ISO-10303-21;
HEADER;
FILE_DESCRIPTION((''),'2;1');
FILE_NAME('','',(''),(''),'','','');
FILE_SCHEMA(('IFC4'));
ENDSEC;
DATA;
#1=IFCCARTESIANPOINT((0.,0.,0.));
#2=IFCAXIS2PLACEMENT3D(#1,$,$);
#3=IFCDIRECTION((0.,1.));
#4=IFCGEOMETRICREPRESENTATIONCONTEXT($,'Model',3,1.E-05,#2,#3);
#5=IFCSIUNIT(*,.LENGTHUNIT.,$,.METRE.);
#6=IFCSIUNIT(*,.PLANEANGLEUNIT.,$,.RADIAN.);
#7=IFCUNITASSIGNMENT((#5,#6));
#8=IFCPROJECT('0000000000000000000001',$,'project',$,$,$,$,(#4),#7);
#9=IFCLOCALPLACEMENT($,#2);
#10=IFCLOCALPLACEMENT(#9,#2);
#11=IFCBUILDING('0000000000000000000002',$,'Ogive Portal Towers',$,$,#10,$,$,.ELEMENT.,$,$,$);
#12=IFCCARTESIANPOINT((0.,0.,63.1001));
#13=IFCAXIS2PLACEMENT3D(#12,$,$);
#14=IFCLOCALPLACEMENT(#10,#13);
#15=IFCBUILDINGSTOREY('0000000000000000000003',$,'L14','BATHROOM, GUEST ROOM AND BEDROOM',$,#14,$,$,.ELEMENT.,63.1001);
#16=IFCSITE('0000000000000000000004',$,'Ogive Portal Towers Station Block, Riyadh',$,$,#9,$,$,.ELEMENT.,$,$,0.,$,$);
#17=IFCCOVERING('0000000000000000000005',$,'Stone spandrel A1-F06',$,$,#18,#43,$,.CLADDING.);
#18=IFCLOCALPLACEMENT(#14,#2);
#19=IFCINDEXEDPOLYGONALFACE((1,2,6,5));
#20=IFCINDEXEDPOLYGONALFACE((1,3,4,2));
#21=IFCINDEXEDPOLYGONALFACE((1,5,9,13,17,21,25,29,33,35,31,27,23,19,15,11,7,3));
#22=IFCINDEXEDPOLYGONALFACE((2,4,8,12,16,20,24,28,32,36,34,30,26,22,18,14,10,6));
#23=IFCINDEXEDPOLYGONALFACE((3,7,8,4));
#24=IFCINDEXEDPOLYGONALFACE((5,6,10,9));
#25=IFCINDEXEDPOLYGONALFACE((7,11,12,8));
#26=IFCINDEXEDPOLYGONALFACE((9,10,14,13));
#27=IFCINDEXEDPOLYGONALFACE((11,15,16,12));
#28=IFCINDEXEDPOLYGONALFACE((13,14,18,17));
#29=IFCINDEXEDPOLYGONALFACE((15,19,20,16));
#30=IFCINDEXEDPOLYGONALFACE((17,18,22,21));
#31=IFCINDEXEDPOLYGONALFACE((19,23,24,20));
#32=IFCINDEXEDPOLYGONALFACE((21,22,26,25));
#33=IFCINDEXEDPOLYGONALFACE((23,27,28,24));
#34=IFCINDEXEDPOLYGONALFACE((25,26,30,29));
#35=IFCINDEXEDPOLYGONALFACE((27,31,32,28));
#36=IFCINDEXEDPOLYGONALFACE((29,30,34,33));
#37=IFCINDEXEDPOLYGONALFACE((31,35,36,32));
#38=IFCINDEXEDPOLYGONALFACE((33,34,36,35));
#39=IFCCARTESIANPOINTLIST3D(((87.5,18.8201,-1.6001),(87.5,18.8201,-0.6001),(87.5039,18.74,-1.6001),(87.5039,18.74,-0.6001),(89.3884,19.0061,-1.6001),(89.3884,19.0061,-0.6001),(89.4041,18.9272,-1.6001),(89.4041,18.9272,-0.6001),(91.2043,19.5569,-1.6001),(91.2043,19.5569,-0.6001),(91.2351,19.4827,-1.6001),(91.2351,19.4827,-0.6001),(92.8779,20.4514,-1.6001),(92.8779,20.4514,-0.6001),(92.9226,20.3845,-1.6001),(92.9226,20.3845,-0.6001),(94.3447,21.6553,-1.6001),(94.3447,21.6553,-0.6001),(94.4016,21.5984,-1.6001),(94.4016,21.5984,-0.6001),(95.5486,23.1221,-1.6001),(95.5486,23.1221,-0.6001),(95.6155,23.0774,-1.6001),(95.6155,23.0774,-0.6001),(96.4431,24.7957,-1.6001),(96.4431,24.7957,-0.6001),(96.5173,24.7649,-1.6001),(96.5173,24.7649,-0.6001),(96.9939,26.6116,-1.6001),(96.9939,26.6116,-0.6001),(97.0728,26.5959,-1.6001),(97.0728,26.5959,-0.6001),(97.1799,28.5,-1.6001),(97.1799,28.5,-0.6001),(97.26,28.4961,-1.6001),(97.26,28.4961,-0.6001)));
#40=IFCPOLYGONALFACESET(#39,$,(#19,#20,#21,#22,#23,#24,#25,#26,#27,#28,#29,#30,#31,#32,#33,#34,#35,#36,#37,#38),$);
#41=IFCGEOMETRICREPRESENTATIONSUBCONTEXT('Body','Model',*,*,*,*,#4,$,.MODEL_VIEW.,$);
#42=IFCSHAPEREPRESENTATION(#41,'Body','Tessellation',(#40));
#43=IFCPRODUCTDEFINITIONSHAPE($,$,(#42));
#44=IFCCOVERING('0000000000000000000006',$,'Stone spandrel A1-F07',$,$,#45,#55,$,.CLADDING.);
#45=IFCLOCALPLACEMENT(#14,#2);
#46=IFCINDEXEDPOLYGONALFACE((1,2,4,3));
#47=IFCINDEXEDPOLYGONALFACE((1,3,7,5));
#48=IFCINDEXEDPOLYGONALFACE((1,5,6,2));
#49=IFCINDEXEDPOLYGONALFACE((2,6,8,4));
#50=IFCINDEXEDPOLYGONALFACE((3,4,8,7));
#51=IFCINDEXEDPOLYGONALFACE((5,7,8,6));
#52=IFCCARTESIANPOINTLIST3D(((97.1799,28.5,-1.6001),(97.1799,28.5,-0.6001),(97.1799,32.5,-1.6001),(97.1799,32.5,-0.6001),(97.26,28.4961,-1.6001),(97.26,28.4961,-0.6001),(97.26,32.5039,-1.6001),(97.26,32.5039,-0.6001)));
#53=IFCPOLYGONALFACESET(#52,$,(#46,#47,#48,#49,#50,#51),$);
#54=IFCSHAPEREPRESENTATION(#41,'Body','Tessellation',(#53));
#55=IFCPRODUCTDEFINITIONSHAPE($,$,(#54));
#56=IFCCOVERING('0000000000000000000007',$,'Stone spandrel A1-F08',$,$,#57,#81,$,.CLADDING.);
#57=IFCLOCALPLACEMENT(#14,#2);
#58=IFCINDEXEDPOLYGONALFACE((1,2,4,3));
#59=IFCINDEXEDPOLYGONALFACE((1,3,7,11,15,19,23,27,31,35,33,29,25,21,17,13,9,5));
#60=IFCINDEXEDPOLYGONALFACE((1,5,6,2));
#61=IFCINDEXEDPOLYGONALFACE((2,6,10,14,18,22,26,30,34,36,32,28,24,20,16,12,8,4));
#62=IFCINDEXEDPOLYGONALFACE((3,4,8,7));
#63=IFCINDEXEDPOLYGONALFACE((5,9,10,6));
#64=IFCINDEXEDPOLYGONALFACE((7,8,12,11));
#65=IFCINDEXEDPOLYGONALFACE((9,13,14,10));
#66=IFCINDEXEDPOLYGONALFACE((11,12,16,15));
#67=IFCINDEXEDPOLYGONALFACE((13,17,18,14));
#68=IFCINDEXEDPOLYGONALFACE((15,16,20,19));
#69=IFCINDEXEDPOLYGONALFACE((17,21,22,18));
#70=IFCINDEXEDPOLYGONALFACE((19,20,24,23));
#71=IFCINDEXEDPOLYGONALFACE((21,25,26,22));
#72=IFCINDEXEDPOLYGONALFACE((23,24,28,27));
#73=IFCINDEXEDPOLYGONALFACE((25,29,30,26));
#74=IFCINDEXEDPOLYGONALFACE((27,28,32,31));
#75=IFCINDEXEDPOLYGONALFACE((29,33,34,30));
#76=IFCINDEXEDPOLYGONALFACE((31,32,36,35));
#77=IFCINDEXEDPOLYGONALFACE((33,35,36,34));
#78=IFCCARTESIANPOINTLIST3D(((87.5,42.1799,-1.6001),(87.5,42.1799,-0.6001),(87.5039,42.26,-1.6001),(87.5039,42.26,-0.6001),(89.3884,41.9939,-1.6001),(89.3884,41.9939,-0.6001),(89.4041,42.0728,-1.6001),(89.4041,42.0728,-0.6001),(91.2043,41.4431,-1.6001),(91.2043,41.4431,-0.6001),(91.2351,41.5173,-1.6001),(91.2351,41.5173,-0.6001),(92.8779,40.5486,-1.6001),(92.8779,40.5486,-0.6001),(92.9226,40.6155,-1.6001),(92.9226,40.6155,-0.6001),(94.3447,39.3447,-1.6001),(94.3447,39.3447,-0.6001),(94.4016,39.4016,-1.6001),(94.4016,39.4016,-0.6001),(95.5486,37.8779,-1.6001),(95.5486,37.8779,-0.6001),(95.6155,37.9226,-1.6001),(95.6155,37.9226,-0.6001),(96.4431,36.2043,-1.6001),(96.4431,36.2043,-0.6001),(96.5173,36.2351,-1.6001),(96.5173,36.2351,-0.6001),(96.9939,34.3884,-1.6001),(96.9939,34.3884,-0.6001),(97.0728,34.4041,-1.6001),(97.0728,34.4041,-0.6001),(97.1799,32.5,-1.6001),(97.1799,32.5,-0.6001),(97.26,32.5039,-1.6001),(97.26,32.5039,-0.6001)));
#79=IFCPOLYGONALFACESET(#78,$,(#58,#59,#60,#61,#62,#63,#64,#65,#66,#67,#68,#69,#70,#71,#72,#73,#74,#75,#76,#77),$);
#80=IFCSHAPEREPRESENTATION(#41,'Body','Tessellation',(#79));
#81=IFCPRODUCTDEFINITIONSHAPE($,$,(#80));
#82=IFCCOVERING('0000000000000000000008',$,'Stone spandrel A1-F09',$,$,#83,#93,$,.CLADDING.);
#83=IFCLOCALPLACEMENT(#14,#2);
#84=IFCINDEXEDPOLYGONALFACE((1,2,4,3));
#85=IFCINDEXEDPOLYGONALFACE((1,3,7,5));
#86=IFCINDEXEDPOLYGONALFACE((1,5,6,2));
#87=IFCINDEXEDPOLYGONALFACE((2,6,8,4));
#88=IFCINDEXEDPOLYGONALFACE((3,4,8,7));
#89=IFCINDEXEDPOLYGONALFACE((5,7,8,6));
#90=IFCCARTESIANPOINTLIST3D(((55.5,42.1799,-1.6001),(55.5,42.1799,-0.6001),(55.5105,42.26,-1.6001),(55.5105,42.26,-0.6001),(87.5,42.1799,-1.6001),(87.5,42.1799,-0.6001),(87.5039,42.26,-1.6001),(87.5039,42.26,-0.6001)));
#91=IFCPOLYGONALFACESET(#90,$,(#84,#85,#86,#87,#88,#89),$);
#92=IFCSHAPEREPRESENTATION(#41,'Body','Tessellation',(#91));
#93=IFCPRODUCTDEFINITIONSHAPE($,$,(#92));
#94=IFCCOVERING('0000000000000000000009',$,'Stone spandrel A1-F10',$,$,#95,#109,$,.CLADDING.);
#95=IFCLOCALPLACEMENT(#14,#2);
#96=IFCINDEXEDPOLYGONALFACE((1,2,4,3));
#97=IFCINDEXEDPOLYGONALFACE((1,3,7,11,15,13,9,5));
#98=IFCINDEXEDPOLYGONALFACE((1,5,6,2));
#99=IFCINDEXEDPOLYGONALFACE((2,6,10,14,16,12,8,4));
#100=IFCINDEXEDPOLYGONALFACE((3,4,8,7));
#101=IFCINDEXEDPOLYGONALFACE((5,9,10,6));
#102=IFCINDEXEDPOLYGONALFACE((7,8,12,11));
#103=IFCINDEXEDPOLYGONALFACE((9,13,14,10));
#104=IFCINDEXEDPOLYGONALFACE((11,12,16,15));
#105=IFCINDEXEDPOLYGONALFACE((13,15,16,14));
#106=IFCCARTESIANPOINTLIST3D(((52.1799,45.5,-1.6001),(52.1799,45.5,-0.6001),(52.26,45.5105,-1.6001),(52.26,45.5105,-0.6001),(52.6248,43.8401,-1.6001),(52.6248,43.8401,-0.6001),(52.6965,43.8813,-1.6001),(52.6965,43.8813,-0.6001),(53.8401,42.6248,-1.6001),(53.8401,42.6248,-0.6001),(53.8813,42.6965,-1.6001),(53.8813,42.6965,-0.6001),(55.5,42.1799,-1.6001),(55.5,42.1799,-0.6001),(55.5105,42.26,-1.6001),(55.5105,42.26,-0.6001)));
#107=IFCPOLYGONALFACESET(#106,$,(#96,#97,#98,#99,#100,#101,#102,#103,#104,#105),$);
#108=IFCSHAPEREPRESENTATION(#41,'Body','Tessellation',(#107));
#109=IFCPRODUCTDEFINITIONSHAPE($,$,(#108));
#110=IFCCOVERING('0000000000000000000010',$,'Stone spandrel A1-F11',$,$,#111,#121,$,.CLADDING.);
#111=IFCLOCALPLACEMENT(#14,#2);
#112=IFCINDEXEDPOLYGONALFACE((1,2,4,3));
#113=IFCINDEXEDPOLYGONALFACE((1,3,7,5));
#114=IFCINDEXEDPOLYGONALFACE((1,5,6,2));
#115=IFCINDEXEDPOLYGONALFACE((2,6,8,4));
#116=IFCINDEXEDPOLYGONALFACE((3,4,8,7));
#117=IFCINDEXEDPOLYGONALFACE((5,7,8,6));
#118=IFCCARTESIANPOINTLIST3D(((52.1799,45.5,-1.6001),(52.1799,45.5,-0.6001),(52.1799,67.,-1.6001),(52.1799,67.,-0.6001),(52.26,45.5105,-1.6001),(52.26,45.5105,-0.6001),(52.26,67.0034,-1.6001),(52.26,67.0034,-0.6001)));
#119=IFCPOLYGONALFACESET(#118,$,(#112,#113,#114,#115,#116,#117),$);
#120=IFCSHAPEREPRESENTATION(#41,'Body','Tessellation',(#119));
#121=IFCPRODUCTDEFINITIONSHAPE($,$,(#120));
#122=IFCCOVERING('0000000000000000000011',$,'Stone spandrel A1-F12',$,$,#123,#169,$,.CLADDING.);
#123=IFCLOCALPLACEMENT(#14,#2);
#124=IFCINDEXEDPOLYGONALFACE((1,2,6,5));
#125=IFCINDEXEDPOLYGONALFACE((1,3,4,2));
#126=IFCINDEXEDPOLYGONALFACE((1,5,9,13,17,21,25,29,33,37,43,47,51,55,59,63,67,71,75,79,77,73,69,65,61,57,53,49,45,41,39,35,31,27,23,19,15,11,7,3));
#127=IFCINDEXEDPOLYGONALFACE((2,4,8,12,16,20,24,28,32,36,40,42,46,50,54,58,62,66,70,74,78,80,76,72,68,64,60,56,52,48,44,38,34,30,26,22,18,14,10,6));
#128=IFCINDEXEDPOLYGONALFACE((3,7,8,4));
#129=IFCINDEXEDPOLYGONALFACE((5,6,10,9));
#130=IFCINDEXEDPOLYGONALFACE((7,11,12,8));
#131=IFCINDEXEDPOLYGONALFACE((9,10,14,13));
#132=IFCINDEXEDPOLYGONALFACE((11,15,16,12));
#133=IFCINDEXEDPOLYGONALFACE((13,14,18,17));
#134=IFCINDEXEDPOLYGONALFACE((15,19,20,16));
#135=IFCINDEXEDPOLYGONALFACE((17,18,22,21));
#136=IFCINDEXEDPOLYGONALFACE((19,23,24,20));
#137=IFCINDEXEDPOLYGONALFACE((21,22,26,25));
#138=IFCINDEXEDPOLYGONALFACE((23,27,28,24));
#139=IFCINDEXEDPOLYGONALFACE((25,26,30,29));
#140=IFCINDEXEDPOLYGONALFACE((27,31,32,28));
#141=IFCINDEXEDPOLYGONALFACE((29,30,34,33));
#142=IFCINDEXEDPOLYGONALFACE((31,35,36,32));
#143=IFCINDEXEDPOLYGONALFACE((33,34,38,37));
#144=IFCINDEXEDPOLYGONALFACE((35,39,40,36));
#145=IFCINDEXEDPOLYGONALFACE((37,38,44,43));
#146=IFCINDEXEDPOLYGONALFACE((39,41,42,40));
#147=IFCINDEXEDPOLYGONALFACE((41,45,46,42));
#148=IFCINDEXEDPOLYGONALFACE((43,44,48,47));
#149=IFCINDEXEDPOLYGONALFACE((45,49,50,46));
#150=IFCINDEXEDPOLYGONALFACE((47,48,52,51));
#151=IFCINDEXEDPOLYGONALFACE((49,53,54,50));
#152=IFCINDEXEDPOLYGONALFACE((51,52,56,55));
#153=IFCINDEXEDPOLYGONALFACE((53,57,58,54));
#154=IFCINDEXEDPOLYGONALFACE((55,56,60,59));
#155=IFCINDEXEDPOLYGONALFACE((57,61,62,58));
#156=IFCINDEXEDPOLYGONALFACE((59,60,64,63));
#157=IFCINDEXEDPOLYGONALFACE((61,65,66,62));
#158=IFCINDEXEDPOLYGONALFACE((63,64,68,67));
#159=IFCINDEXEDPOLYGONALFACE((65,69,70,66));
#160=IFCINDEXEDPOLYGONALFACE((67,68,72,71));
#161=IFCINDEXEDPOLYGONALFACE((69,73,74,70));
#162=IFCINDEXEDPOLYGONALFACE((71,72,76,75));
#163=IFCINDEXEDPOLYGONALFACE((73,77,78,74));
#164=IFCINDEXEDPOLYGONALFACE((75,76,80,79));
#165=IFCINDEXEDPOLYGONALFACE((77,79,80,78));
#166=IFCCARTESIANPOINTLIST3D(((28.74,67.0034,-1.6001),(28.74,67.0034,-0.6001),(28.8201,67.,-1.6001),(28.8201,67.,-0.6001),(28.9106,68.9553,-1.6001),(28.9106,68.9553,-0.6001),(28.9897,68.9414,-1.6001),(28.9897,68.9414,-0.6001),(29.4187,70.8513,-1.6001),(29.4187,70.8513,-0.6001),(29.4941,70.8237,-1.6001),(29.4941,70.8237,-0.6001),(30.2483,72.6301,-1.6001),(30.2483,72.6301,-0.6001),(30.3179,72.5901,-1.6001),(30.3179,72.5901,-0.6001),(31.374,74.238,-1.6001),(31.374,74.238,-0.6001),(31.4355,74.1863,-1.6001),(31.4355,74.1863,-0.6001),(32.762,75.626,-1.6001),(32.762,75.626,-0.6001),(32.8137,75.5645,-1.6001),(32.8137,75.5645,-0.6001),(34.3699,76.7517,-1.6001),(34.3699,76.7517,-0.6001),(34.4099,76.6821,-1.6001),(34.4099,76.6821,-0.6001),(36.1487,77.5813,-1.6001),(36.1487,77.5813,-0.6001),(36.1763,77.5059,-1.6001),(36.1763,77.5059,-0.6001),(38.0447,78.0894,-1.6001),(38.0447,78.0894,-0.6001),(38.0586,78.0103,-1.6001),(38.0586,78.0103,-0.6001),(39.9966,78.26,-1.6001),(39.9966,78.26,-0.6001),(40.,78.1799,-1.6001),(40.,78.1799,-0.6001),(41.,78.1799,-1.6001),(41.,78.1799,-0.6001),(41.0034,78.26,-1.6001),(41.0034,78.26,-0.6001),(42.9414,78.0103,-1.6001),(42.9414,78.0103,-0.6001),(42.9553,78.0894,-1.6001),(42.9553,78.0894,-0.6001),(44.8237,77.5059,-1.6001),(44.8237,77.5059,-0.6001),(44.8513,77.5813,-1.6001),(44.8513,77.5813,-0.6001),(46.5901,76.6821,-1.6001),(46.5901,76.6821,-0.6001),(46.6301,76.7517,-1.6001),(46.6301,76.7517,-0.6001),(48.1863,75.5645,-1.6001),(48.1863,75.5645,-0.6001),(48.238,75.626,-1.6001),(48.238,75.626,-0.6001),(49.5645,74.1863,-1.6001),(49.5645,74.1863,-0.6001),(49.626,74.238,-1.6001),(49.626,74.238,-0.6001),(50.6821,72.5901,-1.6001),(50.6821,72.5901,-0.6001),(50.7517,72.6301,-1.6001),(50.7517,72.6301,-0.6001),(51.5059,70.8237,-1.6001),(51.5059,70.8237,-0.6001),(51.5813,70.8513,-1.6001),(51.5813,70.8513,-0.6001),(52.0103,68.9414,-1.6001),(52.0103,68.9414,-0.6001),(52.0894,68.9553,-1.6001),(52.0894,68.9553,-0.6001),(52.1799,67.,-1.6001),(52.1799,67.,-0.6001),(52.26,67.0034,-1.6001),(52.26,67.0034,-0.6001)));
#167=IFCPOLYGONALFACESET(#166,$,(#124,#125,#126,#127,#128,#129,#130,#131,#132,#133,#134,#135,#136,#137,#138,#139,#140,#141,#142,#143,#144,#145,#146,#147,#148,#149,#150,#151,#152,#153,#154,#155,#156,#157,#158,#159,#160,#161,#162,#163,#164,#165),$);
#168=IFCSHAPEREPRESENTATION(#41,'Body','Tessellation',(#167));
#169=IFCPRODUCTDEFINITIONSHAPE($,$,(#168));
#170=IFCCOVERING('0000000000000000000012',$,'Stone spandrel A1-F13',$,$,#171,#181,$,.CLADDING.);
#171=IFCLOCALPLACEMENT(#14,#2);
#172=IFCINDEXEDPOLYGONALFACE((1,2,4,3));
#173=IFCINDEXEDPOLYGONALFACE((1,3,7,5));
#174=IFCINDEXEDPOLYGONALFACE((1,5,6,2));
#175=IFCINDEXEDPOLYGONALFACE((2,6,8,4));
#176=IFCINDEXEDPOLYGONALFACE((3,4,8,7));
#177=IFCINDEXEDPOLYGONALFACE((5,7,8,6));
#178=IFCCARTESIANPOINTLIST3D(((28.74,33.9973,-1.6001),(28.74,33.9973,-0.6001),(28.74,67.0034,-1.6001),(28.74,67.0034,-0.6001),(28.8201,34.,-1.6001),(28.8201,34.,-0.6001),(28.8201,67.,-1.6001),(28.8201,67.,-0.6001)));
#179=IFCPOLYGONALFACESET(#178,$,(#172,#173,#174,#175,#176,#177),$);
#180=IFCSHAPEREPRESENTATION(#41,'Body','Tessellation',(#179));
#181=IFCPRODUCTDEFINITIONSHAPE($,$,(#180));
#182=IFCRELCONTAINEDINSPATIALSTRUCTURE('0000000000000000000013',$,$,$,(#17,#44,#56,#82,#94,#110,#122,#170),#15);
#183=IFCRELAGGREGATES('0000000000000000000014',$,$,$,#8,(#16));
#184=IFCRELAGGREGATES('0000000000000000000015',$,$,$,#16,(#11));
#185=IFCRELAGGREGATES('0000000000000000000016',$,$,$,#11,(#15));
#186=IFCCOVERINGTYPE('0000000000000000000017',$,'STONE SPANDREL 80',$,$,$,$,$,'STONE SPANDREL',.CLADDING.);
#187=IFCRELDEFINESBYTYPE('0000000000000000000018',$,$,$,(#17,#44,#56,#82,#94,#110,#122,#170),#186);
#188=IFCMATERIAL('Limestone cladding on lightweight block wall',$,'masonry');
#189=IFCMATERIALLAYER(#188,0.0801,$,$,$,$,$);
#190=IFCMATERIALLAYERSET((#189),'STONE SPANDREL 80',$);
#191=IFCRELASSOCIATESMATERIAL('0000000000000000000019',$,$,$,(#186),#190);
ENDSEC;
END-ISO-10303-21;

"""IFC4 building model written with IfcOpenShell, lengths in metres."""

from ifc_helpers import new_model, si_unit, direction, frame, origin, place, context, subcontext, project, spatial, polyline, outline, extrude, material, layer, layer_set, type_object, element, save


model = new_model("IFC4")

# Units and contexts
model_context = context("Model", 3, precision=1e-05, world=origin(), true_north=direction((0.0, 1.0)))
body_context = subcontext(model_context, "Body", "Model", "MODEL_VIEW")
ifc_project = project(units=[si_unit("LENGTHUNIT", "METRE"), si_unit("PLANEANGLEUNIT", "RADIAN")], contexts=[model_context])

# Site, building, storey
site_placement = place(None, origin())
site = spatial("IfcSite", under=ifc_project, at=site_placement, Name="Ogive Portal Towers Station Block, Riyadh", CompositionType="ELEMENT", RefElevation=0.0)
building_placement = place(site_placement, origin())
building = spatial("IfcBuilding", under=site, at=building_placement, Name="Ogive Portal Towers", CompositionType="ELEMENT")
storey_placement = place(building_placement, frame((0.0, 0.0, 63.1001)))
storey = spatial("IfcBuildingStorey", under=building, at=storey_placement, Name="L14", Description="BATHROOM, GUEST ROOM AND BEDROOM", CompositionType="ELEMENT", Elevation=63.1001)

# Coverings
ifc_material_1 = material(Name="Limestone cladding on lightweight block wall", Category="masonry")
ifc_layer_1 = layer(ifc_material_1, 0.0801)
ifc_layer_set_1 = layer_set([ifc_layer_1], Name="STONE SPANDREL 80")
covering_type_1 = type_object("IfcCoveringType", Name="STONE SPANDREL 80", ElementType="STONE SPANDREL", PredefinedType="CLADDING", material=ifc_layer_set_1)
covering_1_placement = place(storey_placement, frame((0.0, 0.0, -1.6001)))
element("IfcCovering", 1, at=covering_1_placement, inside=storey, type_object=covering_type_1, Name="Stone spandrel A1-F06", PredefinedType="CLADDING", context=body_context, shape_type="SweptSolid", body=[
    extrude(outline(polyline([(87.5, 18.8201), (89.3884, 19.0061), (91.2043, 19.5569), (92.8779, 20.4514), (94.3447, 21.6553), (95.5486, 23.1221), (96.4431, 24.7957), (96.9939, 26.6116), (97.1799, 28.5), (97.26, 28.4961), (97.0728, 26.5959), (96.5173, 24.7649), (95.6155, 23.0774), (94.4016, 21.5984), (92.9226, 20.3845), (91.2351, 19.4827), (89.4041, 18.9272), (87.5039, 18.74), (87.5, 18.8201)])), origin(), (0.0, 0.0, 1.0), 1.0),
])
covering_2_placement = place(storey_placement, frame((0.0, 0.0, -1.6001)))
element("IfcCovering", 2, at=covering_2_placement, inside=storey, type_object=covering_type_1, Name="Stone spandrel A1-F07", PredefinedType="CLADDING", context=body_context, shape_type="SweptSolid", body=[
    extrude(outline(polyline([(97.1799, 28.5), (97.1799, 32.5), (97.26, 32.5039), (97.26, 28.4961), (97.1799, 28.5)])), origin(), (0.0, 0.0, 1.0), 1.0),
])
covering_3_placement = place(storey_placement, frame((0.0, 0.0, -1.6001)))
element("IfcCovering", 3, at=covering_3_placement, inside=storey, type_object=covering_type_1, Name="Stone spandrel A1-F08", PredefinedType="CLADDING", context=body_context, shape_type="SweptSolid", body=[
    extrude(outline(polyline([(97.1799, 32.5), (96.9939, 34.3884), (96.4431, 36.2043), (95.5486, 37.8779), (94.3447, 39.3447), (92.8779, 40.5486), (91.2043, 41.4431), (89.3884, 41.9939), (87.5, 42.1799), (87.5039, 42.26), (89.4041, 42.0728), (91.2351, 41.5173), (92.9226, 40.6155), (94.4016, 39.4016), (95.6155, 37.9226), (96.5173, 36.2351), (97.0728, 34.4041), (97.26, 32.5039), (97.1799, 32.5)])), origin(), (0.0, 0.0, 1.0), 1.0),
])
covering_4_placement = place(storey_placement, frame((0.0, 0.0, -1.6001)))
element("IfcCovering", 4, at=covering_4_placement, inside=storey, type_object=covering_type_1, Name="Stone spandrel A1-F09", PredefinedType="CLADDING", context=body_context, shape_type="SweptSolid", body=[
    extrude(outline(polyline([(87.5, 42.1799), (55.5, 42.1799), (55.5105, 42.26), (87.5039, 42.26), (87.5, 42.1799)])), origin(), (0.0, 0.0, 1.0), 1.0),
])
covering_5_placement = place(storey_placement, frame((0.0, 0.0, -1.6001)))
element("IfcCovering", 5, at=covering_5_placement, inside=storey, type_object=covering_type_1, Name="Stone spandrel A1-F10", PredefinedType="CLADDING", context=body_context, shape_type="SweptSolid", body=[
    extrude(outline(polyline([(55.5, 42.1799), (53.8401, 42.6248), (52.6248, 43.8401), (52.1799, 45.5), (52.26, 45.5105), (52.6965, 43.8813), (53.8813, 42.6965), (55.5105, 42.26), (55.5, 42.1799)])), origin(), (0.0, 0.0, 1.0), 1.0),
])
covering_6_placement = place(storey_placement, frame((0.0, 0.0, -1.6001)))
element("IfcCovering", 6, at=covering_6_placement, inside=storey, type_object=covering_type_1, Name="Stone spandrel A1-F11", PredefinedType="CLADDING", context=body_context, shape_type="SweptSolid", body=[
    extrude(outline(polyline([(52.1799, 45.5), (52.1799, 67.0), (52.26, 67.0034), (52.26, 45.5105), (52.1799, 45.5)])), origin(), (0.0, 0.0, 1.0), 1.0),
])
covering_7_placement = place(storey_placement, frame((0.0, 0.0, -1.6001)))
element("IfcCovering", 7, at=covering_7_placement, inside=storey, type_object=covering_type_1, Name="Stone spandrel A1-F12", PredefinedType="CLADDING", context=body_context, shape_type="SweptSolid", body=[
    extrude(outline(polyline([(52.1799, 67.0), (52.0103, 68.9414), (51.5059, 70.8237), (50.6821, 72.5901), (49.5645, 74.1863), (48.1863, 75.5645), (46.5901, 76.6821), (44.8237, 77.5059), (42.9414, 78.0103), (41.0, 78.1799), (40.0, 78.1799), (38.0586, 78.0103), (36.1763, 77.5059), (34.4099, 76.6821), (32.8137, 75.5645), (31.4355, 74.1863), (30.3179, 72.5901), (29.4941, 70.8237), (28.9897, 68.9414), (28.8201, 67.0), (28.74, 67.0034), (28.9106, 68.9553), (29.4187, 70.8513), (30.2483, 72.6301), (31.374, 74.238), (32.762, 75.626), (34.3699, 76.7517), (36.1487, 77.5813), (38.0447, 78.0894), (39.9966, 78.26), (41.0034, 78.26), (42.9553, 78.0894), (44.8513, 77.5813), (46.6301, 76.7517), (48.238, 75.626), (49.626, 74.238), (50.7517, 72.6301), (51.5813, 70.8513), (52.0894, 68.9553), (52.26, 67.0034), (52.1799, 67.0)])), origin(), (0.0, 0.0, 1.0), 1.0),
])
covering_8_placement = place(storey_placement, frame((0.0, 0.0, -1.6001)))
element("IfcCovering", 8, at=covering_8_placement, inside=storey, type_object=covering_type_1, Name="Stone spandrel A1-F13", PredefinedType="CLADDING", context=body_context, shape_type="SweptSolid", body=[
    extrude(outline(polyline([(28.8201, 67.0), (28.8201, 34.0), (28.74, 33.9973), (28.74, 67.0034), (28.8201, 67.0)])), origin(), (0.0, 0.0, 1.0), 1.0),
])

save(model, "model.ifc")
